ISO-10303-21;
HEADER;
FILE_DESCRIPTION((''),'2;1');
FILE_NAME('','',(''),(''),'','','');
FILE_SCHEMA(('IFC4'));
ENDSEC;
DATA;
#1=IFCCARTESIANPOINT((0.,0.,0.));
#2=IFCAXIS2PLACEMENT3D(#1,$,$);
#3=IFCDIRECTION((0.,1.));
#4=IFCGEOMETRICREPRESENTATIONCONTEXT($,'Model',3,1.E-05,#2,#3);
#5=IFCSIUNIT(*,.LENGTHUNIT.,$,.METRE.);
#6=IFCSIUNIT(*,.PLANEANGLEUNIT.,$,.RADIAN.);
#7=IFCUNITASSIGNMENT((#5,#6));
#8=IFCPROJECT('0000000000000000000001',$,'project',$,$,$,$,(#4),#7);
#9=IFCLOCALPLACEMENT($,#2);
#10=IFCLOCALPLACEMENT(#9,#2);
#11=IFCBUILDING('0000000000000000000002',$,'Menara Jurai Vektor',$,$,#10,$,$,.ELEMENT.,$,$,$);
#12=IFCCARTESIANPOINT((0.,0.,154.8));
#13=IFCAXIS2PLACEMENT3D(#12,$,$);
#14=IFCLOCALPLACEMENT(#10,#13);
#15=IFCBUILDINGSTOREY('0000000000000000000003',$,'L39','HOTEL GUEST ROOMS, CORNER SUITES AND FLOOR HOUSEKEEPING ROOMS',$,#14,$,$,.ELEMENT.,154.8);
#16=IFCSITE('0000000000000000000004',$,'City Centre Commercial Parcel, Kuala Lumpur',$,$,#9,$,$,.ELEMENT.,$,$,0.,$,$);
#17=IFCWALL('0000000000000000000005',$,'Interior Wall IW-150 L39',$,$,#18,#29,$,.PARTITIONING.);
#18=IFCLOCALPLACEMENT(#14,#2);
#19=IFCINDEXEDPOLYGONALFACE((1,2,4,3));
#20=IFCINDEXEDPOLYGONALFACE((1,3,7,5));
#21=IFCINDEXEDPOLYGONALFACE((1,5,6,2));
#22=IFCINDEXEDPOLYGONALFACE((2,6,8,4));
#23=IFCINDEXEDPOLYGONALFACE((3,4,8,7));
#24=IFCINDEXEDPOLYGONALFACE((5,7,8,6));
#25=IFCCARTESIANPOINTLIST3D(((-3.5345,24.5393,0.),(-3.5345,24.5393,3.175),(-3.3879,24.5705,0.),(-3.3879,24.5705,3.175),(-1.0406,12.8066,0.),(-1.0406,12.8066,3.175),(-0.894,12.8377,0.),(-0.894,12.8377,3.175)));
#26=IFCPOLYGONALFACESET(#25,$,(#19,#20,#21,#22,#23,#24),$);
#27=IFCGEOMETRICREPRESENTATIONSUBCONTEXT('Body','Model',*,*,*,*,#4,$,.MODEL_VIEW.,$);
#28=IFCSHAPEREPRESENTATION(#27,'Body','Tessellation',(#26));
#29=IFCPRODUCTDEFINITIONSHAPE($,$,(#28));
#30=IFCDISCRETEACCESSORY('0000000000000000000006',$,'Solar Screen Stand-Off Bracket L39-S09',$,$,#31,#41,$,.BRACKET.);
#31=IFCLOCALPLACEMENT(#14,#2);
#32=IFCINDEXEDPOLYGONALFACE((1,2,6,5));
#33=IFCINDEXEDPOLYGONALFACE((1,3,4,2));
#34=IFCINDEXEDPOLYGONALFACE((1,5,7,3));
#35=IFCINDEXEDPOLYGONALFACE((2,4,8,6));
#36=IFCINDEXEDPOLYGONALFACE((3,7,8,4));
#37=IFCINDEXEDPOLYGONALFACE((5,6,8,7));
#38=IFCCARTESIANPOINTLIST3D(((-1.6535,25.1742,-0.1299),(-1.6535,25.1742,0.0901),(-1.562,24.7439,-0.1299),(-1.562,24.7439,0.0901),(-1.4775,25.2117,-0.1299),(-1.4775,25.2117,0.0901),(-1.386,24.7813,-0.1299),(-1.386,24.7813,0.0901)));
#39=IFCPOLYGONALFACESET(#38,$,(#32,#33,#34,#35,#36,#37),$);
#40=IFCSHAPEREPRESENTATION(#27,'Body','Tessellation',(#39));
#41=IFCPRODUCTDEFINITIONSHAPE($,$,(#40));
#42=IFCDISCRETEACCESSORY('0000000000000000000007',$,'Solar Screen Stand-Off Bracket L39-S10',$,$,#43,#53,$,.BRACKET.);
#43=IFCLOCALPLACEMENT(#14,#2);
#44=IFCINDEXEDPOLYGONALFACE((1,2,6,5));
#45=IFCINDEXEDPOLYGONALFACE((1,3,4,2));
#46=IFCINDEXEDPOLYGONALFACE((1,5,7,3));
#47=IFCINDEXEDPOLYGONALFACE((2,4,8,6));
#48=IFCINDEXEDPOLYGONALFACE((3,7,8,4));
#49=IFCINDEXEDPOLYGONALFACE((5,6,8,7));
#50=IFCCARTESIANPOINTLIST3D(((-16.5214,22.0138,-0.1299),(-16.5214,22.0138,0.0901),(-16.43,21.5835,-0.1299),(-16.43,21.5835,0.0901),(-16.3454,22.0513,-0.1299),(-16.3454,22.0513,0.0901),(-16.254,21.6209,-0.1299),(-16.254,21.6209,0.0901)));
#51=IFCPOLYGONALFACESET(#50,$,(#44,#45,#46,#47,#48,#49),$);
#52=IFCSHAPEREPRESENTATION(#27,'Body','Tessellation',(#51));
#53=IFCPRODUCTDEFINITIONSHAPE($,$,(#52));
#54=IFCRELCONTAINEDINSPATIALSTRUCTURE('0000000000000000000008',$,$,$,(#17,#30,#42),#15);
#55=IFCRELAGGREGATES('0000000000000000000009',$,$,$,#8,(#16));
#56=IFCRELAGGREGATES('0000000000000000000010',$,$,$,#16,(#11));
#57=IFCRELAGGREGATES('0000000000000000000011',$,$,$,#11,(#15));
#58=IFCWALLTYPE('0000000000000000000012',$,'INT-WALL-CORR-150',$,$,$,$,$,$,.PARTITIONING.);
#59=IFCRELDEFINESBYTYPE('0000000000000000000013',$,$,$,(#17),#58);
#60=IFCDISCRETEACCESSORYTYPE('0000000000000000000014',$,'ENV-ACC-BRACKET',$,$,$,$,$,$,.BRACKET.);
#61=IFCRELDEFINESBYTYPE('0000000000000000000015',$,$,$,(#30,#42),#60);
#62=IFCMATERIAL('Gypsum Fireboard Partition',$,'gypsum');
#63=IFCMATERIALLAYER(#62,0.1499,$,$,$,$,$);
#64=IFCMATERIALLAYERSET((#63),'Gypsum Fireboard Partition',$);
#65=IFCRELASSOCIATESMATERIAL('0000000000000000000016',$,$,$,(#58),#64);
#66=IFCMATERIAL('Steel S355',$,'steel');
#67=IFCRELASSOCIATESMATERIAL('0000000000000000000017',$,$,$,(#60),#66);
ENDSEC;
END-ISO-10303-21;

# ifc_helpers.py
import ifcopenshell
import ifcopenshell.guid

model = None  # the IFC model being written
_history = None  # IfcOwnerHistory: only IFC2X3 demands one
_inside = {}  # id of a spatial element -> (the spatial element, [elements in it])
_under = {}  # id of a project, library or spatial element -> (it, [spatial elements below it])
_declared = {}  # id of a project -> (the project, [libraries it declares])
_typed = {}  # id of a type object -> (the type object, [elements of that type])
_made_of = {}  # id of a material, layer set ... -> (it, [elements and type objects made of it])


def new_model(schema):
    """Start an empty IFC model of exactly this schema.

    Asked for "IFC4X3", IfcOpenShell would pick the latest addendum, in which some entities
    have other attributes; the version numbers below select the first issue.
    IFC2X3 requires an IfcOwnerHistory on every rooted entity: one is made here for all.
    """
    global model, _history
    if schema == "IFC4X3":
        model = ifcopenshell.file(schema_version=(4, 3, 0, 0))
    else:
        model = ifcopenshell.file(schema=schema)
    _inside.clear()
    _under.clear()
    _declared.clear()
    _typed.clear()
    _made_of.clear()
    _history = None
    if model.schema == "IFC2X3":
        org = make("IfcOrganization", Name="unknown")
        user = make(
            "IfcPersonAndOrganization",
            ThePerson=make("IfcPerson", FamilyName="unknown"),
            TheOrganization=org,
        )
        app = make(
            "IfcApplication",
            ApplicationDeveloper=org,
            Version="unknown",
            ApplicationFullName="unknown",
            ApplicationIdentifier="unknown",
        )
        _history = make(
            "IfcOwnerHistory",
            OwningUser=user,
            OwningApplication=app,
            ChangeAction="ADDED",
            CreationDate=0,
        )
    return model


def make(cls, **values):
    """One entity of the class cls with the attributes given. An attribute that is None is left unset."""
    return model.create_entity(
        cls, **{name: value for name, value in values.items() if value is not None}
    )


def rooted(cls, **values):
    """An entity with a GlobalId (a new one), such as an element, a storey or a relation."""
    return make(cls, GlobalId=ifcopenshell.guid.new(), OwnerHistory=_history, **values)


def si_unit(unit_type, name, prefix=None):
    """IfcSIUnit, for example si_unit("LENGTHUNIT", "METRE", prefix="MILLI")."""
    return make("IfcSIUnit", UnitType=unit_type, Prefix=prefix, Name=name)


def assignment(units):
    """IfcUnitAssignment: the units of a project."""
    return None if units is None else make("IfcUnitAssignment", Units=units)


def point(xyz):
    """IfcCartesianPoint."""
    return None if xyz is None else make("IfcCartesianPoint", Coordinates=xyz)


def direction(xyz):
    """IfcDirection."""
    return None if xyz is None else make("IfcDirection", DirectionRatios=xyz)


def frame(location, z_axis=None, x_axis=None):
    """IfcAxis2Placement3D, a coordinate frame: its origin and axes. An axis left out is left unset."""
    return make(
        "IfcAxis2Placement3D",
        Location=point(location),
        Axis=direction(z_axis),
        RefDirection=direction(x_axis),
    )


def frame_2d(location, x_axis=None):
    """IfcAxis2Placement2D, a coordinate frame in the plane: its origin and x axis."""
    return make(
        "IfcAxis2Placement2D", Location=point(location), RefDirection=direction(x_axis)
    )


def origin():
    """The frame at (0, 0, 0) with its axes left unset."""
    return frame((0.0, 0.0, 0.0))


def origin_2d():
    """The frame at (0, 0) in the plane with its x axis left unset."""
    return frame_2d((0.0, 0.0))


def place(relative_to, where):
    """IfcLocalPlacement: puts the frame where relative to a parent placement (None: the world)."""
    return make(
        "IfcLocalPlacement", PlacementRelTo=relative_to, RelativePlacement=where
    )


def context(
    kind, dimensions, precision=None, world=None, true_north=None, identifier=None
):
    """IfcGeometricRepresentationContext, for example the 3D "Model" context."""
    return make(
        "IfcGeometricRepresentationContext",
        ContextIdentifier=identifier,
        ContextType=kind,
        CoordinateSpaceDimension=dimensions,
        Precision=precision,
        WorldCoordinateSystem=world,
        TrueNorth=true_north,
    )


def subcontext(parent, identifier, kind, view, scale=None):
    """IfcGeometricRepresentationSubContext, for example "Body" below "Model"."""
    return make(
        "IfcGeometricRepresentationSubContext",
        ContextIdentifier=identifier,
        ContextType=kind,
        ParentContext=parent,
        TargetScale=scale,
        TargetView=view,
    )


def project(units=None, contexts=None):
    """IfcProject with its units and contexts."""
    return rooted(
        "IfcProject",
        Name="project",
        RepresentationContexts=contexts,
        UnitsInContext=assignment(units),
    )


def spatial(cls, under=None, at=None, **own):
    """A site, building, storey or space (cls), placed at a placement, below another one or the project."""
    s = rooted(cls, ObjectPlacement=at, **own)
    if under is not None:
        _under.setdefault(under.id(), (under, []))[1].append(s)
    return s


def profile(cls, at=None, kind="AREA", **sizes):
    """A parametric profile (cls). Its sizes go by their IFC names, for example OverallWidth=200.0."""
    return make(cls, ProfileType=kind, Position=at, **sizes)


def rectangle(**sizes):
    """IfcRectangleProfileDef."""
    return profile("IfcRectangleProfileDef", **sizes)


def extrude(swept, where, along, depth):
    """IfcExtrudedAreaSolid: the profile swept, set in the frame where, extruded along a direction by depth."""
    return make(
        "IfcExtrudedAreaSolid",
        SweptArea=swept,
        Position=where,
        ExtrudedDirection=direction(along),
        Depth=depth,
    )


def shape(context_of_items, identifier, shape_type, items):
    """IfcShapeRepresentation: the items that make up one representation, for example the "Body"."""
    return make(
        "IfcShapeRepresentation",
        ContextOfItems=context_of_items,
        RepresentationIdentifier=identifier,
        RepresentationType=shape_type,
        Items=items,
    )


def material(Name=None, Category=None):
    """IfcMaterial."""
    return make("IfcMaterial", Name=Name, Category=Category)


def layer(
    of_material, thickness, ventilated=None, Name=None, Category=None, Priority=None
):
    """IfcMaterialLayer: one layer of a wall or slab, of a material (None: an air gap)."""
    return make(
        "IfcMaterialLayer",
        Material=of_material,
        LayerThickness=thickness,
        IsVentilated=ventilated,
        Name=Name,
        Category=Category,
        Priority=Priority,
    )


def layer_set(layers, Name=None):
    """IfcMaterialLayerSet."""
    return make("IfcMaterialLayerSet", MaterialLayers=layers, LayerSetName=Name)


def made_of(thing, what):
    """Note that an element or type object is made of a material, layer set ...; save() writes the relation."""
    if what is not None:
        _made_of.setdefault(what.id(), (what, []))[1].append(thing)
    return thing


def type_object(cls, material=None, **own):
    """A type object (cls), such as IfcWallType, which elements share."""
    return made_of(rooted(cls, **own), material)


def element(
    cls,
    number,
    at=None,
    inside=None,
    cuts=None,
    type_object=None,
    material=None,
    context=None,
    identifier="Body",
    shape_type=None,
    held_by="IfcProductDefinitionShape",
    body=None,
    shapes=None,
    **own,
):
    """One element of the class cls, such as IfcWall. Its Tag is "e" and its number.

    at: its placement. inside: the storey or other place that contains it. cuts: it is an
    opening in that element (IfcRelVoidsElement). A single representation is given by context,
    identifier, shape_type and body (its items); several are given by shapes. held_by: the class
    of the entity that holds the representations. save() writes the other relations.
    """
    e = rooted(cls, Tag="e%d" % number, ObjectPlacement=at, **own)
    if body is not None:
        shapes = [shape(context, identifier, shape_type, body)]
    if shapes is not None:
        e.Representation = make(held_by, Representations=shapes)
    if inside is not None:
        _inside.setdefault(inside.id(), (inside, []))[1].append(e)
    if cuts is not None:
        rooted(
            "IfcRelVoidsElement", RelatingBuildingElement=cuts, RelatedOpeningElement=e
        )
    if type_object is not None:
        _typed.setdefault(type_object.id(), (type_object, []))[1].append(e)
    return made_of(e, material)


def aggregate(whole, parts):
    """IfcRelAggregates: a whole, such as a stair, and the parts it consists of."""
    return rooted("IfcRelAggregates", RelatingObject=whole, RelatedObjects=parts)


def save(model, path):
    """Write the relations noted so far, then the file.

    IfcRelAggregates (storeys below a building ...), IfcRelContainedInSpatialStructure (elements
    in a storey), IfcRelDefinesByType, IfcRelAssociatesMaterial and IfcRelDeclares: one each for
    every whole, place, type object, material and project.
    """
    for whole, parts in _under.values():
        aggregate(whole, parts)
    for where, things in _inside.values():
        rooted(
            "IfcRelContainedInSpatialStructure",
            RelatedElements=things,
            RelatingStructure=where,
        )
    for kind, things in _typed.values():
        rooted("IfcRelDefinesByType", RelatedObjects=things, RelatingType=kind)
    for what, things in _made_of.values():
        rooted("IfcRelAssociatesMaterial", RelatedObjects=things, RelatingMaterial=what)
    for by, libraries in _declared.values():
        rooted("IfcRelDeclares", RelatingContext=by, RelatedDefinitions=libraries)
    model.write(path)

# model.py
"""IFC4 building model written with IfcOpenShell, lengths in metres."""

from ifc_helpers import new_model, si_unit, direction, frame, frame_2d, origin, origin_2d, place, context, subcontext, project, spatial, rectangle, extrude, material, layer, layer_set, type_object, element, save


model = new_model("IFC4")

# Units and contexts
model_context = context("Model", 3, precision=1e-05, world=origin(), true_north=direction((0.0, 1.0)))
body_context = subcontext(model_context, "Body", "Model", "MODEL_VIEW")
ifc_project = project(units=[si_unit("LENGTHUNIT", "METRE"), si_unit("PLANEANGLEUNIT", "RADIAN")], contexts=[model_context])

# Site, building, storey
site_placement = place(None, origin())
site = spatial("IfcSite", under=ifc_project, at=site_placement, Name="City Centre Commercial Parcel, Kuala Lumpur", CompositionType="ELEMENT", RefElevation=0.0)
building_placement = place(site_placement, origin())
building = spatial("IfcBuilding", under=site, at=building_placement, Name="Menara Jurai Vektor", CompositionType="ELEMENT")
storey_placement = place(building_placement, frame((0.0, 0.0, 154.8)))
storey = spatial("IfcBuildingStorey", under=building, at=storey_placement, Name="L39", Description="HOTEL GUEST ROOMS, CORNER SUITES AND FLOOR HOUSEKEEPING ROOMS", CompositionType="ELEMENT", Elevation=154.8)

# Shared definitions
ifc_material_1 = material(Name="Steel S355", Category="steel")

# Shared definitions
ifc_material_2 = material(Name="Gypsum Fireboard Partition", Category="gypsum")
ifc_layer_1 = layer(ifc_material_2, 0.1499)
ifc_layer_set_1 = layer_set([ifc_layer_1], Name="Gypsum Fireboard Partition")
wall_type = type_object("IfcWallType", Name="INT-WALL-CORR-150", PredefinedType="PARTITIONING", material=ifc_layer_set_1)

# Wall
wall_1_placement = place(storey_placement, frame((-0.9673, 12.822, 0.0), z_axis=(0.0, 0.0, 1.0), x_axis=(-0.207915, 0.978147, 0.0)))
element("IfcWall", 1, at=wall_1_placement, inside=storey, type_object=wall_type, Name="Interior Wall IW-150 L39", PredefinedType="PARTITIONING", context=body_context, shape_type="SweptSolid", body=[
    extrude(rectangle(XDim=11.9949, YDim=0.1499, at=frame_2d((5.9976, 0.0))), origin(), (0.0, 0.0, 1.0), 3.175),
])

# Discrete accessories
discrete_accessory_type = type_object("IfcDiscreteAccessoryType", Name="ENV-ACC-BRACKET", PredefinedType="BRACKET", material=ifc_material_1)
for number, where, z_axis, x_axis, name in (
    (2, (-1.5198, 24.9778, -0.1299), (0.0, 0.0, 1.0), (-0.978148, -0.207912, 0.0), "Solar Screen Stand-Off Bracket L39-S09"),
    (3, (-16.3877, 21.8174, -0.1299), (0.0, 0.0, 1.0), (-0.978148, -0.207912, 0.0), "Solar Screen Stand-Off Bracket L39-S10"),
):
    element("IfcDiscreteAccessory", number, at=place(storey_placement, frame(where, z_axis=z_axis, x_axis=x_axis)), inside=storey, type_object=discrete_accessory_type, Name=name, PredefinedType="BRACKET", context=body_context, shape_type="SweptSolid", body=[
        extrude(rectangle(XDim=0.1799, YDim=0.4399, at=origin_2d()), origin(), (0.0, 0.0, 1.0), 0.22),
    ])

save(model, "model.ifc")
